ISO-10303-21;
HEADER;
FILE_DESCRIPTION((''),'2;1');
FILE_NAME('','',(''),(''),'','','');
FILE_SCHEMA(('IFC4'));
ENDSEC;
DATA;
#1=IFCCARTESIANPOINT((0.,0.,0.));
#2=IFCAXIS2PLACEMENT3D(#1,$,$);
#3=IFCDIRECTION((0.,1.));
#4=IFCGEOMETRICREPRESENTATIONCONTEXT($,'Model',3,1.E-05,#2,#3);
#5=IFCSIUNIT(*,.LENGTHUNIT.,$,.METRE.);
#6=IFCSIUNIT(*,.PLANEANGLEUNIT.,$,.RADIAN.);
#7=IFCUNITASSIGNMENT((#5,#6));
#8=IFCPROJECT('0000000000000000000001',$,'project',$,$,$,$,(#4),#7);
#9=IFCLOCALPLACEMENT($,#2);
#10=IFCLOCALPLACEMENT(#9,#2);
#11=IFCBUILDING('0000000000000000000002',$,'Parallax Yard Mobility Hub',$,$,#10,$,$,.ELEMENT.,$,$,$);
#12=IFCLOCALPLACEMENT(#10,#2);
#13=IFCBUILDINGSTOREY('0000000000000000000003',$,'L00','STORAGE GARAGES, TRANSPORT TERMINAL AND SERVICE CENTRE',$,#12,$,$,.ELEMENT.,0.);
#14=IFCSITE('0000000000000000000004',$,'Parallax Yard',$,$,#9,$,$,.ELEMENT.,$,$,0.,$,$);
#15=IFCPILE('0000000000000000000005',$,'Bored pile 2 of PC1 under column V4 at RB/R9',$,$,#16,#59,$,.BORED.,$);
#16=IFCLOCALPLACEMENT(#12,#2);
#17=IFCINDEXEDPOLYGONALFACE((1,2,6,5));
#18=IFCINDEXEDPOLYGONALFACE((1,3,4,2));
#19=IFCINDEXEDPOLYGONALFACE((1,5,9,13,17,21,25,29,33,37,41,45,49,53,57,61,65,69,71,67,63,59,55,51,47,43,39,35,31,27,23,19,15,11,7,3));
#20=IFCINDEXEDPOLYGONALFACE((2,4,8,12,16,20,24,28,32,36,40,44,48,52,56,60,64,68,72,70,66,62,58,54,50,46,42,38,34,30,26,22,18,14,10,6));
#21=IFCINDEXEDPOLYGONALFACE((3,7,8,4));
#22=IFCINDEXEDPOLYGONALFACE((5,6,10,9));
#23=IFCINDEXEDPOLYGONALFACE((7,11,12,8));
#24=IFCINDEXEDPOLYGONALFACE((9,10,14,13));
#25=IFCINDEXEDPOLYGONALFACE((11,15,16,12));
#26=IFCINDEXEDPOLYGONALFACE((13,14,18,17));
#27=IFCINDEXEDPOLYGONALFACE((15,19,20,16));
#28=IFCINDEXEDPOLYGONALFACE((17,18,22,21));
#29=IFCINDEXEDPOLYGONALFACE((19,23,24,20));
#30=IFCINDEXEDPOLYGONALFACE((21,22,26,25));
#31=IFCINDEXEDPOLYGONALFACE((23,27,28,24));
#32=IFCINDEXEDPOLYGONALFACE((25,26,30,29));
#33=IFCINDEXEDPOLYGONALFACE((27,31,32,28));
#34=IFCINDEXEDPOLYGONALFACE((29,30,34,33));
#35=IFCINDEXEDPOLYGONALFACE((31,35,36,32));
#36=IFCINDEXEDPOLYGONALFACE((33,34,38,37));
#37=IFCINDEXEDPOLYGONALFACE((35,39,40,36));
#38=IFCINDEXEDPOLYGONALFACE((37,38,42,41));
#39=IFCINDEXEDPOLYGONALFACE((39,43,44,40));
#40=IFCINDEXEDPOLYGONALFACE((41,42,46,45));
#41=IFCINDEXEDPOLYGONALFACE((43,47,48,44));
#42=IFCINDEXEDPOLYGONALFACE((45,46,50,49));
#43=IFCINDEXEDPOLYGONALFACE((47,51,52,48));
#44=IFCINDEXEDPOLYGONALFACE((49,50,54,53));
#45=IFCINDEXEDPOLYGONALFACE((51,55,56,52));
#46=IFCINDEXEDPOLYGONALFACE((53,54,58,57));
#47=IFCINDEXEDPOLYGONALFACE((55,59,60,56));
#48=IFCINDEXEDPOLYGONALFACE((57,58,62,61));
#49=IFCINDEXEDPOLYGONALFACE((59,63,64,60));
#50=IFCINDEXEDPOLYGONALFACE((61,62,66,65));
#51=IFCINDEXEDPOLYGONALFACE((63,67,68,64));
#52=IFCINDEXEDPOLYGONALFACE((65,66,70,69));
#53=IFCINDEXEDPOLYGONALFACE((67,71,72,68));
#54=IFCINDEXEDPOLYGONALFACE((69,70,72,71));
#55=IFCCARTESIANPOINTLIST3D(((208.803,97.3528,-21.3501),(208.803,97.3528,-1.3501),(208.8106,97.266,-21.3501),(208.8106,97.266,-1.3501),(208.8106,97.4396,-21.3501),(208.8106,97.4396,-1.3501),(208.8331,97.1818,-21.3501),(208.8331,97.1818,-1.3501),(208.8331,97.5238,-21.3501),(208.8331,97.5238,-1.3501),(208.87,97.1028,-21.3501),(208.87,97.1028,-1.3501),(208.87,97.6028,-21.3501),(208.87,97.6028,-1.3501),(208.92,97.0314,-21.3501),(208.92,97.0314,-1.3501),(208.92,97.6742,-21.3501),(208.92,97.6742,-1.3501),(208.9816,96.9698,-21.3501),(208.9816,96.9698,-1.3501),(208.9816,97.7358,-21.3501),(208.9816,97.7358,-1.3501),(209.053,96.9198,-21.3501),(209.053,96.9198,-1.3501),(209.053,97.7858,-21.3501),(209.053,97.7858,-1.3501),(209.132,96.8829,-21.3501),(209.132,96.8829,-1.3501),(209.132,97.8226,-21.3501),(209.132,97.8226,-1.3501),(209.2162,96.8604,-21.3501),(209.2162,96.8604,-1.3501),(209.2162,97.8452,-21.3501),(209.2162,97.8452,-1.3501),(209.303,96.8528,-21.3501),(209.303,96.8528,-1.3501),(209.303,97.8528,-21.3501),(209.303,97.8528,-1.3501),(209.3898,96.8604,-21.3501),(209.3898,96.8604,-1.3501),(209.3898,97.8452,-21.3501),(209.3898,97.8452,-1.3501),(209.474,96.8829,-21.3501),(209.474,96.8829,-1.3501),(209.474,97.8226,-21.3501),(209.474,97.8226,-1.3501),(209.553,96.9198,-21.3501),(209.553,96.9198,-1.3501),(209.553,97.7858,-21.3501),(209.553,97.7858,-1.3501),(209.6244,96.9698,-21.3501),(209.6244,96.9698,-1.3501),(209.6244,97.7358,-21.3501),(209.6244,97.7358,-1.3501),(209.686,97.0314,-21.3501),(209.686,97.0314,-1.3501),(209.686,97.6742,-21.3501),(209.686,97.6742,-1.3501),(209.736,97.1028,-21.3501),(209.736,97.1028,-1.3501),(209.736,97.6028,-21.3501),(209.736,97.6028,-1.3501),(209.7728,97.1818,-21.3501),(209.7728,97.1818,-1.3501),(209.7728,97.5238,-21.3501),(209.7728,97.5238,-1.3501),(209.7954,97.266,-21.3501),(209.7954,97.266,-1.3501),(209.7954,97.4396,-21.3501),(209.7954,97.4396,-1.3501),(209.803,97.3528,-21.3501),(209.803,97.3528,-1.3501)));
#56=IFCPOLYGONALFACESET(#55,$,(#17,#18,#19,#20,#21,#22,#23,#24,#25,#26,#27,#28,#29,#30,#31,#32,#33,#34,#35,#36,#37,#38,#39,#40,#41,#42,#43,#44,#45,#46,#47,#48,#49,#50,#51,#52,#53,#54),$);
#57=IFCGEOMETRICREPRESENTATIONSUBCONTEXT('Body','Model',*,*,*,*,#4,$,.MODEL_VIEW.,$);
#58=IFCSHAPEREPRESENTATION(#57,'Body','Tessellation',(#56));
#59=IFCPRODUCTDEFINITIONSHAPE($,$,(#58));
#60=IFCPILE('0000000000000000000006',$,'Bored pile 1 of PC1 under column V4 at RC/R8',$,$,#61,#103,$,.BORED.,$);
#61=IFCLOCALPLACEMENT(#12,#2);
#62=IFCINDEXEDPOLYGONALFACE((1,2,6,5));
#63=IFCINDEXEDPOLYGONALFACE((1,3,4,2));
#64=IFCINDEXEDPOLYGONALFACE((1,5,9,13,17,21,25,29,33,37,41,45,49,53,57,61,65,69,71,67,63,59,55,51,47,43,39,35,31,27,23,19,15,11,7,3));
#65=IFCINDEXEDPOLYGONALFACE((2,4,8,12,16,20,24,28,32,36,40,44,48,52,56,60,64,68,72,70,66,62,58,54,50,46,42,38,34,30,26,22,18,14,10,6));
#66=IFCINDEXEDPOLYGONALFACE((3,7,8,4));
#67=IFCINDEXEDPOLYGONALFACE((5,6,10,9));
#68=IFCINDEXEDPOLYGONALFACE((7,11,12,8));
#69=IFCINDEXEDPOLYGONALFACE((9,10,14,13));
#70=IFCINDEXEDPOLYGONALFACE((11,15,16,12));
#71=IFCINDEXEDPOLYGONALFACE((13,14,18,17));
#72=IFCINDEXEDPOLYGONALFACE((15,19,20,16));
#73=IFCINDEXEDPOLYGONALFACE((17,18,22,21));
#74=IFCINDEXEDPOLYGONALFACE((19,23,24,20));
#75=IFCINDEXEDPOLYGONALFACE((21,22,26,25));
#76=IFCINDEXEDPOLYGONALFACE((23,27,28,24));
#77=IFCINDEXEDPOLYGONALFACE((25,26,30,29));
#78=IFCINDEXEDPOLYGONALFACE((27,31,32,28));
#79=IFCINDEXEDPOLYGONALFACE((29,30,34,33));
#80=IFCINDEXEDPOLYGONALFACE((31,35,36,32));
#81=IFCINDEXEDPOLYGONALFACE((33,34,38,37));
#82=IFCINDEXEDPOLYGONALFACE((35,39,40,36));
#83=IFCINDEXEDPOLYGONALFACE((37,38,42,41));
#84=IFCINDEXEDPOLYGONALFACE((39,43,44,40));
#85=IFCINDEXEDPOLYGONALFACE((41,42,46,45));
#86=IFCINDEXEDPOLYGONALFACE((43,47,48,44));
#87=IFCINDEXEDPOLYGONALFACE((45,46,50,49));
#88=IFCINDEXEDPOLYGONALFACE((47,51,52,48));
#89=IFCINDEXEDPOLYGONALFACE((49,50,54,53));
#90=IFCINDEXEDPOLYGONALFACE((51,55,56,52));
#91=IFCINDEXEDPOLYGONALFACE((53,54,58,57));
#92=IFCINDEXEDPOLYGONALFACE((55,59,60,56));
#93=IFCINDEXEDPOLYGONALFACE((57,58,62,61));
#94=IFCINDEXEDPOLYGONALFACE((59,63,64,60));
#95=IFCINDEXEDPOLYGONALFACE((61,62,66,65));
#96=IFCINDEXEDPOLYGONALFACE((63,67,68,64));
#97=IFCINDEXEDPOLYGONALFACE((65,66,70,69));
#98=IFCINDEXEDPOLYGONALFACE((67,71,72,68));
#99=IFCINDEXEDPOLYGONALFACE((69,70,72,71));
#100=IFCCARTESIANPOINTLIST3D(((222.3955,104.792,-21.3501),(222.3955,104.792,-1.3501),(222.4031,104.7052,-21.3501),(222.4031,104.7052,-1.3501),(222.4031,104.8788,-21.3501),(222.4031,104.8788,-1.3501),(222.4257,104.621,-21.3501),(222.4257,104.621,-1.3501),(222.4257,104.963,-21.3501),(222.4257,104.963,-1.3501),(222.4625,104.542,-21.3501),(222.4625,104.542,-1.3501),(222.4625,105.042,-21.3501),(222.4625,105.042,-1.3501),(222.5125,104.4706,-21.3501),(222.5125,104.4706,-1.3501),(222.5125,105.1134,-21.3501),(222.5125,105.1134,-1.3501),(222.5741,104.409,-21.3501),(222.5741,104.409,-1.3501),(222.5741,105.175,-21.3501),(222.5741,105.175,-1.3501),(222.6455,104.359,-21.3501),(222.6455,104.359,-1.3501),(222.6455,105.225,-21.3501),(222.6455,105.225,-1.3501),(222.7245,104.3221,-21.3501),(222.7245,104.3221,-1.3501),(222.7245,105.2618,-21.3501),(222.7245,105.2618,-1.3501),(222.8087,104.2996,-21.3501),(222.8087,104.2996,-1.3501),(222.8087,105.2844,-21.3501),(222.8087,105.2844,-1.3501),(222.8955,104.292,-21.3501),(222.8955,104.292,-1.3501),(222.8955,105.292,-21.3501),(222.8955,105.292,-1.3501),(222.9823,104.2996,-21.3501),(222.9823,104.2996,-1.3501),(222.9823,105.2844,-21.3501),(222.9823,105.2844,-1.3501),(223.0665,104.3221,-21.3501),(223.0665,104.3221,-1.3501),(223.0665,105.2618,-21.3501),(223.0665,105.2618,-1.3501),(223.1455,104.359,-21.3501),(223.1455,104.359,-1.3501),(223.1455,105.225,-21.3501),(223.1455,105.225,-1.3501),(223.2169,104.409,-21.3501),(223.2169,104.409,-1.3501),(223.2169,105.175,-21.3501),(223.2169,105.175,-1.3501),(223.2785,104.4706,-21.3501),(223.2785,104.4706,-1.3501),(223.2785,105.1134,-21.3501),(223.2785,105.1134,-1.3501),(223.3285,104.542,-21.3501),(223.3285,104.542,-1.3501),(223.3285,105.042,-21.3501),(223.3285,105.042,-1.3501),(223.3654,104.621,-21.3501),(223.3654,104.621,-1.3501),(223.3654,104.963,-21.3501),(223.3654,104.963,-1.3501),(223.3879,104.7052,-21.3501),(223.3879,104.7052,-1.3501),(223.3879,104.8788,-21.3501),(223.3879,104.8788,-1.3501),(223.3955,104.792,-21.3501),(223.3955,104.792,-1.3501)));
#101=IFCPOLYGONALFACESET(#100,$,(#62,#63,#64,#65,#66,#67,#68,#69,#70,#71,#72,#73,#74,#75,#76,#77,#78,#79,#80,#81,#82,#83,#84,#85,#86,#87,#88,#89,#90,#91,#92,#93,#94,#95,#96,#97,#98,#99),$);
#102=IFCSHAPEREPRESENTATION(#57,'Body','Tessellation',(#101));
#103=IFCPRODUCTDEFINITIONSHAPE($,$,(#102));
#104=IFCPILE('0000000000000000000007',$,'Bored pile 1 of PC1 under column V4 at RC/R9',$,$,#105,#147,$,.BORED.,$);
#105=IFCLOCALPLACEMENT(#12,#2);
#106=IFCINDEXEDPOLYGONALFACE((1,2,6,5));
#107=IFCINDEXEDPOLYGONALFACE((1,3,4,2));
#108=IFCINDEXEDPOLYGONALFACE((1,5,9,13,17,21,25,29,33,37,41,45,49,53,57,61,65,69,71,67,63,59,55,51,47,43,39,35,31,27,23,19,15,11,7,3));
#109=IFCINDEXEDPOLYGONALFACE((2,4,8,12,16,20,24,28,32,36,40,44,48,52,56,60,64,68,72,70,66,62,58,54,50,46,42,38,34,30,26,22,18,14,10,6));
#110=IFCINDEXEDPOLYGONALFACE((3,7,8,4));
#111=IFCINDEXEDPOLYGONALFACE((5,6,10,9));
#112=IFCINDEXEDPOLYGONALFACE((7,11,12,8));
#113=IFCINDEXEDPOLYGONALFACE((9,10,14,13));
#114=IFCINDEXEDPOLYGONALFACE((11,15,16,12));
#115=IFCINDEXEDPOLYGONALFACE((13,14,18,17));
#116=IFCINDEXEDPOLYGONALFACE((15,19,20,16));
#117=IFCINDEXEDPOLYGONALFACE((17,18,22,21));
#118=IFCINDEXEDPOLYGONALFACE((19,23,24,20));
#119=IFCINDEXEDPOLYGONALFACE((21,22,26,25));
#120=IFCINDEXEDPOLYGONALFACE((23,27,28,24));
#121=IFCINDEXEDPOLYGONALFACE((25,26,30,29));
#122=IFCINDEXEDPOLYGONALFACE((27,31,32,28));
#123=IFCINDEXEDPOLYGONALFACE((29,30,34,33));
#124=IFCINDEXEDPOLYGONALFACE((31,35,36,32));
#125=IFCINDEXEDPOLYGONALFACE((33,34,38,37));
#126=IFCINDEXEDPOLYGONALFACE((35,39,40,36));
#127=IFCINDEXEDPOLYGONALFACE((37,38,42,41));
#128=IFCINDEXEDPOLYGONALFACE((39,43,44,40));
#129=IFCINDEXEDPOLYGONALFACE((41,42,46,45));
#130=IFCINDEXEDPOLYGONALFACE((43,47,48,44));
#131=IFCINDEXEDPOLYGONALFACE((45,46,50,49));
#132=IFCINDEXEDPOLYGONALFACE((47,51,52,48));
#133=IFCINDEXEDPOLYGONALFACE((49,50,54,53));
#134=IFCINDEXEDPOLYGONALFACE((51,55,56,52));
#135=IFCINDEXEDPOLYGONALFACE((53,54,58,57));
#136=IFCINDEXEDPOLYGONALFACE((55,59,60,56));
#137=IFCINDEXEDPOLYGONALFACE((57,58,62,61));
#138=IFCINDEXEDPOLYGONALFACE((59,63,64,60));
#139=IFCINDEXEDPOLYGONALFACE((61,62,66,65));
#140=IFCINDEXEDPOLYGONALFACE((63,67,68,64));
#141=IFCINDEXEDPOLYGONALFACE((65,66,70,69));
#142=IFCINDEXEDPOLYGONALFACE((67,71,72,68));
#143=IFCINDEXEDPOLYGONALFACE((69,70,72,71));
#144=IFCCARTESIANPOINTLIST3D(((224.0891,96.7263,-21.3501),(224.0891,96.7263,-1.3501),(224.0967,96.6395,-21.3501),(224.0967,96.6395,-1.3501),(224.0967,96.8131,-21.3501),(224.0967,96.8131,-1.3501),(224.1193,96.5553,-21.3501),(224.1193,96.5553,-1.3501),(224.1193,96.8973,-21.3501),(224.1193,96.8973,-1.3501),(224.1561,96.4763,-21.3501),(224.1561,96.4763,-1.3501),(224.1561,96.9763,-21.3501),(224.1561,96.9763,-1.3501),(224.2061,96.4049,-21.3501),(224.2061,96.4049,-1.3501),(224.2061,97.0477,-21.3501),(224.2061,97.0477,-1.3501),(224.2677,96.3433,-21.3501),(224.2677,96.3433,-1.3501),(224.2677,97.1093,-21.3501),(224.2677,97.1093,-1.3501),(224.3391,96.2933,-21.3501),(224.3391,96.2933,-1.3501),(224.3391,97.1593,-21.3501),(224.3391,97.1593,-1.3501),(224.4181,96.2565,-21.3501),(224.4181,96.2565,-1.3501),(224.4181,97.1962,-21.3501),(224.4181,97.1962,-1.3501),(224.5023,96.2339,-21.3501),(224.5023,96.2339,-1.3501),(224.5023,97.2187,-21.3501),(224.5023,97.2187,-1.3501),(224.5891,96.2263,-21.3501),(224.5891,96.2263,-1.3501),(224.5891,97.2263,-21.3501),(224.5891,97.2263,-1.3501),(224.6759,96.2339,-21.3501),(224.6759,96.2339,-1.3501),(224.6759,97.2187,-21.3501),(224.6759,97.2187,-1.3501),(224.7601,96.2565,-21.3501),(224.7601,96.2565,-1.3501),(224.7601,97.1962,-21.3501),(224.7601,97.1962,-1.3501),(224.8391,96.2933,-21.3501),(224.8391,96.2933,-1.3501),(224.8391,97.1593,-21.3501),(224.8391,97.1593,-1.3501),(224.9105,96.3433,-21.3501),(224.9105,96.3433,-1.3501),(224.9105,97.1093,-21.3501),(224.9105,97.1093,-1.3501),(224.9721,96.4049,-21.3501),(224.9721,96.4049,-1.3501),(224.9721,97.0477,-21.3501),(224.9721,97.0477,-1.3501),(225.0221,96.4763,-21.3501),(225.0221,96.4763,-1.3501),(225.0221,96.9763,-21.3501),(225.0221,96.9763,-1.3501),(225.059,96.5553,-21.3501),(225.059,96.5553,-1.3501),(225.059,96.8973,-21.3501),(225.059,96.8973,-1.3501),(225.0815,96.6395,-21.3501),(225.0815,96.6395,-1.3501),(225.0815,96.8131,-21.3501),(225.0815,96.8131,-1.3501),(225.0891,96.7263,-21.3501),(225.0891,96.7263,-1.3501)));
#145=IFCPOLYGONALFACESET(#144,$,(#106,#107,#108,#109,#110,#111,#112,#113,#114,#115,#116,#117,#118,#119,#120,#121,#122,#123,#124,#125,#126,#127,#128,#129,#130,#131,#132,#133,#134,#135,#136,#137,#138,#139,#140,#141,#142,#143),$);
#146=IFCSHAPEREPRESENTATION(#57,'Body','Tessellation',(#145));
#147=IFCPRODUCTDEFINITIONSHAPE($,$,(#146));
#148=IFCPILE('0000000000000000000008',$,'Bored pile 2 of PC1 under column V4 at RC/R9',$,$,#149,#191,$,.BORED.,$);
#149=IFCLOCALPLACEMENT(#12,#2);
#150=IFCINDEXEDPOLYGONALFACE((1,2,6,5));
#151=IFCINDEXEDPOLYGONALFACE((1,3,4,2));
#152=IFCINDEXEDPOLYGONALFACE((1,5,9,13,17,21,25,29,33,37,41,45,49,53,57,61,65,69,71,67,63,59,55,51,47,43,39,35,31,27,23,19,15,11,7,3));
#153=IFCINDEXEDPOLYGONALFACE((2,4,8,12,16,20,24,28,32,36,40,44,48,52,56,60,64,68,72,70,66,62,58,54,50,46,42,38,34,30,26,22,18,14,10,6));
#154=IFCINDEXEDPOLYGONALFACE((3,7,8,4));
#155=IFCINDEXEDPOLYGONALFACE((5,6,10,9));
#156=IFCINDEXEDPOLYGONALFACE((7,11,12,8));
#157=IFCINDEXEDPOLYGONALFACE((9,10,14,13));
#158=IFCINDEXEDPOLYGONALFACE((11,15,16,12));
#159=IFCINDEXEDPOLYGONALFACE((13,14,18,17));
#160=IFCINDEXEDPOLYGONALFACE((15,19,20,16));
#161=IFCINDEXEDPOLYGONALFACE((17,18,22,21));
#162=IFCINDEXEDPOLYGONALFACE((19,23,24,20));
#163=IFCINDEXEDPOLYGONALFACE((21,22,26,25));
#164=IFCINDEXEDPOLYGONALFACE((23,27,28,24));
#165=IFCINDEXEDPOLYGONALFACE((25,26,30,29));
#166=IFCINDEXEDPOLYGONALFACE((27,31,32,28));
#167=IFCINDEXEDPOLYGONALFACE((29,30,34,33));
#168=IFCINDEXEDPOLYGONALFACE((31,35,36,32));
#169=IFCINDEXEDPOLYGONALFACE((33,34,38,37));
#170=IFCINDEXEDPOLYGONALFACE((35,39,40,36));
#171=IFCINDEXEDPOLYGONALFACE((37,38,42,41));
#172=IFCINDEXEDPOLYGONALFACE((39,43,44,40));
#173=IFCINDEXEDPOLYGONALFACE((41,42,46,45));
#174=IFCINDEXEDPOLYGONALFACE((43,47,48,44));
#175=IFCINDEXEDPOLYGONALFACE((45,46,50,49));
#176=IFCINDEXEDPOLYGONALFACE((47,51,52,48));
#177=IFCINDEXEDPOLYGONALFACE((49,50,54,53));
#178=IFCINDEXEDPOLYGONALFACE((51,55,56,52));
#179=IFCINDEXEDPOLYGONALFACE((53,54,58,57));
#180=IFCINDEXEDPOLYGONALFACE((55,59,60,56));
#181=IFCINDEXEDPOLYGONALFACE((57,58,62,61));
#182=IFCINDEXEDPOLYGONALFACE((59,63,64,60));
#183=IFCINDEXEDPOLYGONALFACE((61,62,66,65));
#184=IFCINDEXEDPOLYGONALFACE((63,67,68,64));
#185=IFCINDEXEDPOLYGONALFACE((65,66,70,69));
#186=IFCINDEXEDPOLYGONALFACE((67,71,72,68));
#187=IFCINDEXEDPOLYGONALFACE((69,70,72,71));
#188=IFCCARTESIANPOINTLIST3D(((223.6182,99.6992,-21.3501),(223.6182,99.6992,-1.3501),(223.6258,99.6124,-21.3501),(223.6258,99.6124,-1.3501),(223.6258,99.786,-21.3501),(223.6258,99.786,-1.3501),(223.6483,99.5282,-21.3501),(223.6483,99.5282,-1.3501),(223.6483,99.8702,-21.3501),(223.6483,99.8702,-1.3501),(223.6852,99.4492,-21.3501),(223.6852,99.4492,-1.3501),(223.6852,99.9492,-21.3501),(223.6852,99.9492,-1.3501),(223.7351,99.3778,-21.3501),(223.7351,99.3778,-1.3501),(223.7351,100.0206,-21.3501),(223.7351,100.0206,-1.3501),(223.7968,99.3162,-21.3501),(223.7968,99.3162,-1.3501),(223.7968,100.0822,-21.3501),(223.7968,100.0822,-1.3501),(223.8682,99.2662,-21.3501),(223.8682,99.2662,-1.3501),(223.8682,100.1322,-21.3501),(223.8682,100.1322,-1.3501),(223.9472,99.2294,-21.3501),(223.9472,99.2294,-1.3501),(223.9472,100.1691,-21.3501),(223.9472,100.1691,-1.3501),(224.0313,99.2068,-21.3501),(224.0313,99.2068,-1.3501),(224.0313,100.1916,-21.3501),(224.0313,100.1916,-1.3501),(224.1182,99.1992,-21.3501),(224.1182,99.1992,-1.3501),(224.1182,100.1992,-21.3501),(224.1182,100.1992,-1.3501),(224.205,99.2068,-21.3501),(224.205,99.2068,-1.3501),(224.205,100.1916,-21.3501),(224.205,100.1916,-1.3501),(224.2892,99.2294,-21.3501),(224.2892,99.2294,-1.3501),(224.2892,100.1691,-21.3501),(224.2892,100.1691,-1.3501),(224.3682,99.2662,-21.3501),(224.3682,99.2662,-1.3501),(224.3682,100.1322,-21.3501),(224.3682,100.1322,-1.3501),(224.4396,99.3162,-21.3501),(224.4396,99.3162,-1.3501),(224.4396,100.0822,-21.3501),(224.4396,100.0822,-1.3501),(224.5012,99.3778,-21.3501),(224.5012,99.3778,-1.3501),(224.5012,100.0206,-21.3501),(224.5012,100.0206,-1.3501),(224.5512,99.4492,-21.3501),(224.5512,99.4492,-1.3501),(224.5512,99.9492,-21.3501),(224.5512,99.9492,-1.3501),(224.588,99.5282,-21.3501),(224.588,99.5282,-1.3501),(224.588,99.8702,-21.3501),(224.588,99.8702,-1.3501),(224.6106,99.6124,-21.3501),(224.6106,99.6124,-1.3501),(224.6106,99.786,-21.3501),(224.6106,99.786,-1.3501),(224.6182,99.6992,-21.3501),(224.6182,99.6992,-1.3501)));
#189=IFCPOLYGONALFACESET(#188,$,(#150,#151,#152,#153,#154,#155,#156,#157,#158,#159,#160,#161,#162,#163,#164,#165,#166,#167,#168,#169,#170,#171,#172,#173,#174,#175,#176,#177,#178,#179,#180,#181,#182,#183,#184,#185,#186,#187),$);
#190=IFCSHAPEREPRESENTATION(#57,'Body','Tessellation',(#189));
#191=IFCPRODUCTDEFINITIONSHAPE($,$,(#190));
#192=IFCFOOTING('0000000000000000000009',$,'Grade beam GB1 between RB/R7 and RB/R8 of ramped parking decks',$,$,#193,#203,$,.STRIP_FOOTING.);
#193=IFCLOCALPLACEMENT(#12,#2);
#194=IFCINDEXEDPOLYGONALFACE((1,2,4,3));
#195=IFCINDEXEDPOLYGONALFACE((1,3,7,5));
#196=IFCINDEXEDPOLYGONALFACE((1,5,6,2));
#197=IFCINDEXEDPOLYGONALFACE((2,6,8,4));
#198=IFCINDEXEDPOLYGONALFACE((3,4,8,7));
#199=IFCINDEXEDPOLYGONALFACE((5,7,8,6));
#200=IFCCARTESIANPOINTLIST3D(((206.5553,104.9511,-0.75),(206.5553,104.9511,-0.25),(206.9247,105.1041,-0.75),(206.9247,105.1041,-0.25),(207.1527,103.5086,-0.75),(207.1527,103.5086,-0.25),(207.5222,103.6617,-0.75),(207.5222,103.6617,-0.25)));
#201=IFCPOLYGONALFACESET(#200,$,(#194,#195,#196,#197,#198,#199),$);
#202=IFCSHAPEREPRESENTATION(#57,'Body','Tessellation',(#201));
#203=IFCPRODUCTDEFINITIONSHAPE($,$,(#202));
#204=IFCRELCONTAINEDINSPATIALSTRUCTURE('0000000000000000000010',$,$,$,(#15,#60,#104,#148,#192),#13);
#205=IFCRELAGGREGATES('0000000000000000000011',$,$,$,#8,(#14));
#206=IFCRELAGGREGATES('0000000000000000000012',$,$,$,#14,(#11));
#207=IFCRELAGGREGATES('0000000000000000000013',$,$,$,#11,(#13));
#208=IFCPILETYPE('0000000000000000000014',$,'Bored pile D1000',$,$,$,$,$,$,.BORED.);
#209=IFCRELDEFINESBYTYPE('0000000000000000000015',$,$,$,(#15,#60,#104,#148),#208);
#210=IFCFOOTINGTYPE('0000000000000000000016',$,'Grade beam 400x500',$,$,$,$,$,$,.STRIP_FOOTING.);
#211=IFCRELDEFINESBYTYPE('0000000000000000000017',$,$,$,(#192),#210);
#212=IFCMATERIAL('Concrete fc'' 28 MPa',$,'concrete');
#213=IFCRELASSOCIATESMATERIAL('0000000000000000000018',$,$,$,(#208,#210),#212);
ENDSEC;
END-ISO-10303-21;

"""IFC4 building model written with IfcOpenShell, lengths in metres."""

from ifc_helpers import new_model, si_unit, direction, frame, origin, origin_2d, place, context, subcontext, project, spatial, rectangle, circle, extrude, material, material_profile, profile_set, type_object, element, save


model = new_model("IFC4")

# Units and contexts
model_context = context("Model", 3, precision=1e-05, world=origin(), true_north=direction((0.0, 1.0)))
body_context = subcontext(model_context, "Body", "Model", "MODEL_VIEW")
ifc_project = project(units=[si_unit("LENGTHUNIT", "METRE"), si_unit("PLANEANGLEUNIT", "RADIAN")], contexts=[model_context])

# Site, building, storey
site_placement = place(None, origin())
site = spatial("IfcSite", under=ifc_project, at=site_placement, Name="Parallax Yard", CompositionType="ELEMENT", RefElevation=0.0)
building_placement = place(site_placement, origin())
building = spatial("IfcBuilding", under=site, at=building_placement, Name="Parallax Yard Mobility Hub", CompositionType="ELEMENT")
storey_placement = place(building_placement, origin())
storey = spatial("IfcBuildingStorey", under=building, at=storey_placement, Name="L00", Description="STORAGE GARAGES, TRANSPORT TERMINAL AND SERVICE CENTRE", CompositionType="ELEMENT", Elevation=0.0)

# Piles
ifc_material_1 = material(Name="Concrete fc' 28 MPa", Category="concrete")
ifc_material_profile_1 = material_profile(ifc_material_1, circle(Radius=0.5, at=origin_2d()), Name="Bored pile D1000")
ifc_profile_set_1 = profile_set([ifc_material_profile_1], Name="Concrete fc' 28 MPa")
pile_type = type_object("IfcPileType", Name="Bored pile D1000", PredefinedType="BORED", material=ifc_profile_set_1)
for number, where, z_axis, x_axis, name in (
    (1, (209.303, 97.3528, -1.3501), (0.0, 0.0, -1.0), (1.0, 0.0, 0.0), "Bored pile 2 of PC1 under column V4 at RB/R9"),
    (2, (222.8955, 104.792, -1.3501), (0.0, 0.0, -1.0), (1.0, 0.0, 0.0), "Bored pile 1 of PC1 under column V4 at RC/R8"),
    (3, (224.5891, 96.7263, -1.3501), (0.0, 0.0, -1.0), (1.0, 0.0, 0.0), "Bored pile 1 of PC1 under column V4 at RC/R9"),
    (4, (224.1182, 99.6992, -1.3501), (0.0, 0.0, -1.0), (1.0, 0.0, 0.0), "Bored pile 2 of PC1 under column V4 at RC/R9"),
):
    element("IfcPile", number, at=place(storey_placement, frame(where, z_axis=z_axis, x_axis=x_axis)), inside=storey, type_object=pile_type, Name=name, PredefinedType="BORED", context=body_context, shape_type="SweptSolid", body=[
        extrude(circle(Radius=0.5, at=origin_2d()), origin(), (0.0, 0.0, 1.0), 20.0),
    ])

# Footing
ifc_material_profile_2 = material_profile(ifc_material_1, rectangle(XDim=0.3999, YDim=0.5, at=origin_2d()), Name="Grade beam 400x500")
ifc_profile_set_2 = profile_set([ifc_material_profile_2], Name="Concrete fc' 28 MPa")
footing_type_1 = type_object("IfcFootingType", Name="Grade beam 400x500", PredefinedType="STRIP_FOOTING", material=ifc_profile_set_2)
footing_1_placement = place(storey_placement, frame((206.74, 105.0276, -0.5), z_axis=(0.38266, -0.923889, 0.0), x_axis=(0.923889, 0.38266, 0.0)))
element("IfcFooting", 5, at=footing_1_placement, inside=storey, type_object=footing_type_1, Name="Grade beam GB1 between RB/R7 and RB/R8 of ramped parking decks", PredefinedType="STRIP_FOOTING", context=body_context, shape_type="SweptSolid", body=[
    extrude(rectangle(XDim=0.3999, YDim=0.5, at=origin_2d()), origin(), (0.0, 0.0, 1.0), 1.5613),
])

save(model, "model.ifc")
